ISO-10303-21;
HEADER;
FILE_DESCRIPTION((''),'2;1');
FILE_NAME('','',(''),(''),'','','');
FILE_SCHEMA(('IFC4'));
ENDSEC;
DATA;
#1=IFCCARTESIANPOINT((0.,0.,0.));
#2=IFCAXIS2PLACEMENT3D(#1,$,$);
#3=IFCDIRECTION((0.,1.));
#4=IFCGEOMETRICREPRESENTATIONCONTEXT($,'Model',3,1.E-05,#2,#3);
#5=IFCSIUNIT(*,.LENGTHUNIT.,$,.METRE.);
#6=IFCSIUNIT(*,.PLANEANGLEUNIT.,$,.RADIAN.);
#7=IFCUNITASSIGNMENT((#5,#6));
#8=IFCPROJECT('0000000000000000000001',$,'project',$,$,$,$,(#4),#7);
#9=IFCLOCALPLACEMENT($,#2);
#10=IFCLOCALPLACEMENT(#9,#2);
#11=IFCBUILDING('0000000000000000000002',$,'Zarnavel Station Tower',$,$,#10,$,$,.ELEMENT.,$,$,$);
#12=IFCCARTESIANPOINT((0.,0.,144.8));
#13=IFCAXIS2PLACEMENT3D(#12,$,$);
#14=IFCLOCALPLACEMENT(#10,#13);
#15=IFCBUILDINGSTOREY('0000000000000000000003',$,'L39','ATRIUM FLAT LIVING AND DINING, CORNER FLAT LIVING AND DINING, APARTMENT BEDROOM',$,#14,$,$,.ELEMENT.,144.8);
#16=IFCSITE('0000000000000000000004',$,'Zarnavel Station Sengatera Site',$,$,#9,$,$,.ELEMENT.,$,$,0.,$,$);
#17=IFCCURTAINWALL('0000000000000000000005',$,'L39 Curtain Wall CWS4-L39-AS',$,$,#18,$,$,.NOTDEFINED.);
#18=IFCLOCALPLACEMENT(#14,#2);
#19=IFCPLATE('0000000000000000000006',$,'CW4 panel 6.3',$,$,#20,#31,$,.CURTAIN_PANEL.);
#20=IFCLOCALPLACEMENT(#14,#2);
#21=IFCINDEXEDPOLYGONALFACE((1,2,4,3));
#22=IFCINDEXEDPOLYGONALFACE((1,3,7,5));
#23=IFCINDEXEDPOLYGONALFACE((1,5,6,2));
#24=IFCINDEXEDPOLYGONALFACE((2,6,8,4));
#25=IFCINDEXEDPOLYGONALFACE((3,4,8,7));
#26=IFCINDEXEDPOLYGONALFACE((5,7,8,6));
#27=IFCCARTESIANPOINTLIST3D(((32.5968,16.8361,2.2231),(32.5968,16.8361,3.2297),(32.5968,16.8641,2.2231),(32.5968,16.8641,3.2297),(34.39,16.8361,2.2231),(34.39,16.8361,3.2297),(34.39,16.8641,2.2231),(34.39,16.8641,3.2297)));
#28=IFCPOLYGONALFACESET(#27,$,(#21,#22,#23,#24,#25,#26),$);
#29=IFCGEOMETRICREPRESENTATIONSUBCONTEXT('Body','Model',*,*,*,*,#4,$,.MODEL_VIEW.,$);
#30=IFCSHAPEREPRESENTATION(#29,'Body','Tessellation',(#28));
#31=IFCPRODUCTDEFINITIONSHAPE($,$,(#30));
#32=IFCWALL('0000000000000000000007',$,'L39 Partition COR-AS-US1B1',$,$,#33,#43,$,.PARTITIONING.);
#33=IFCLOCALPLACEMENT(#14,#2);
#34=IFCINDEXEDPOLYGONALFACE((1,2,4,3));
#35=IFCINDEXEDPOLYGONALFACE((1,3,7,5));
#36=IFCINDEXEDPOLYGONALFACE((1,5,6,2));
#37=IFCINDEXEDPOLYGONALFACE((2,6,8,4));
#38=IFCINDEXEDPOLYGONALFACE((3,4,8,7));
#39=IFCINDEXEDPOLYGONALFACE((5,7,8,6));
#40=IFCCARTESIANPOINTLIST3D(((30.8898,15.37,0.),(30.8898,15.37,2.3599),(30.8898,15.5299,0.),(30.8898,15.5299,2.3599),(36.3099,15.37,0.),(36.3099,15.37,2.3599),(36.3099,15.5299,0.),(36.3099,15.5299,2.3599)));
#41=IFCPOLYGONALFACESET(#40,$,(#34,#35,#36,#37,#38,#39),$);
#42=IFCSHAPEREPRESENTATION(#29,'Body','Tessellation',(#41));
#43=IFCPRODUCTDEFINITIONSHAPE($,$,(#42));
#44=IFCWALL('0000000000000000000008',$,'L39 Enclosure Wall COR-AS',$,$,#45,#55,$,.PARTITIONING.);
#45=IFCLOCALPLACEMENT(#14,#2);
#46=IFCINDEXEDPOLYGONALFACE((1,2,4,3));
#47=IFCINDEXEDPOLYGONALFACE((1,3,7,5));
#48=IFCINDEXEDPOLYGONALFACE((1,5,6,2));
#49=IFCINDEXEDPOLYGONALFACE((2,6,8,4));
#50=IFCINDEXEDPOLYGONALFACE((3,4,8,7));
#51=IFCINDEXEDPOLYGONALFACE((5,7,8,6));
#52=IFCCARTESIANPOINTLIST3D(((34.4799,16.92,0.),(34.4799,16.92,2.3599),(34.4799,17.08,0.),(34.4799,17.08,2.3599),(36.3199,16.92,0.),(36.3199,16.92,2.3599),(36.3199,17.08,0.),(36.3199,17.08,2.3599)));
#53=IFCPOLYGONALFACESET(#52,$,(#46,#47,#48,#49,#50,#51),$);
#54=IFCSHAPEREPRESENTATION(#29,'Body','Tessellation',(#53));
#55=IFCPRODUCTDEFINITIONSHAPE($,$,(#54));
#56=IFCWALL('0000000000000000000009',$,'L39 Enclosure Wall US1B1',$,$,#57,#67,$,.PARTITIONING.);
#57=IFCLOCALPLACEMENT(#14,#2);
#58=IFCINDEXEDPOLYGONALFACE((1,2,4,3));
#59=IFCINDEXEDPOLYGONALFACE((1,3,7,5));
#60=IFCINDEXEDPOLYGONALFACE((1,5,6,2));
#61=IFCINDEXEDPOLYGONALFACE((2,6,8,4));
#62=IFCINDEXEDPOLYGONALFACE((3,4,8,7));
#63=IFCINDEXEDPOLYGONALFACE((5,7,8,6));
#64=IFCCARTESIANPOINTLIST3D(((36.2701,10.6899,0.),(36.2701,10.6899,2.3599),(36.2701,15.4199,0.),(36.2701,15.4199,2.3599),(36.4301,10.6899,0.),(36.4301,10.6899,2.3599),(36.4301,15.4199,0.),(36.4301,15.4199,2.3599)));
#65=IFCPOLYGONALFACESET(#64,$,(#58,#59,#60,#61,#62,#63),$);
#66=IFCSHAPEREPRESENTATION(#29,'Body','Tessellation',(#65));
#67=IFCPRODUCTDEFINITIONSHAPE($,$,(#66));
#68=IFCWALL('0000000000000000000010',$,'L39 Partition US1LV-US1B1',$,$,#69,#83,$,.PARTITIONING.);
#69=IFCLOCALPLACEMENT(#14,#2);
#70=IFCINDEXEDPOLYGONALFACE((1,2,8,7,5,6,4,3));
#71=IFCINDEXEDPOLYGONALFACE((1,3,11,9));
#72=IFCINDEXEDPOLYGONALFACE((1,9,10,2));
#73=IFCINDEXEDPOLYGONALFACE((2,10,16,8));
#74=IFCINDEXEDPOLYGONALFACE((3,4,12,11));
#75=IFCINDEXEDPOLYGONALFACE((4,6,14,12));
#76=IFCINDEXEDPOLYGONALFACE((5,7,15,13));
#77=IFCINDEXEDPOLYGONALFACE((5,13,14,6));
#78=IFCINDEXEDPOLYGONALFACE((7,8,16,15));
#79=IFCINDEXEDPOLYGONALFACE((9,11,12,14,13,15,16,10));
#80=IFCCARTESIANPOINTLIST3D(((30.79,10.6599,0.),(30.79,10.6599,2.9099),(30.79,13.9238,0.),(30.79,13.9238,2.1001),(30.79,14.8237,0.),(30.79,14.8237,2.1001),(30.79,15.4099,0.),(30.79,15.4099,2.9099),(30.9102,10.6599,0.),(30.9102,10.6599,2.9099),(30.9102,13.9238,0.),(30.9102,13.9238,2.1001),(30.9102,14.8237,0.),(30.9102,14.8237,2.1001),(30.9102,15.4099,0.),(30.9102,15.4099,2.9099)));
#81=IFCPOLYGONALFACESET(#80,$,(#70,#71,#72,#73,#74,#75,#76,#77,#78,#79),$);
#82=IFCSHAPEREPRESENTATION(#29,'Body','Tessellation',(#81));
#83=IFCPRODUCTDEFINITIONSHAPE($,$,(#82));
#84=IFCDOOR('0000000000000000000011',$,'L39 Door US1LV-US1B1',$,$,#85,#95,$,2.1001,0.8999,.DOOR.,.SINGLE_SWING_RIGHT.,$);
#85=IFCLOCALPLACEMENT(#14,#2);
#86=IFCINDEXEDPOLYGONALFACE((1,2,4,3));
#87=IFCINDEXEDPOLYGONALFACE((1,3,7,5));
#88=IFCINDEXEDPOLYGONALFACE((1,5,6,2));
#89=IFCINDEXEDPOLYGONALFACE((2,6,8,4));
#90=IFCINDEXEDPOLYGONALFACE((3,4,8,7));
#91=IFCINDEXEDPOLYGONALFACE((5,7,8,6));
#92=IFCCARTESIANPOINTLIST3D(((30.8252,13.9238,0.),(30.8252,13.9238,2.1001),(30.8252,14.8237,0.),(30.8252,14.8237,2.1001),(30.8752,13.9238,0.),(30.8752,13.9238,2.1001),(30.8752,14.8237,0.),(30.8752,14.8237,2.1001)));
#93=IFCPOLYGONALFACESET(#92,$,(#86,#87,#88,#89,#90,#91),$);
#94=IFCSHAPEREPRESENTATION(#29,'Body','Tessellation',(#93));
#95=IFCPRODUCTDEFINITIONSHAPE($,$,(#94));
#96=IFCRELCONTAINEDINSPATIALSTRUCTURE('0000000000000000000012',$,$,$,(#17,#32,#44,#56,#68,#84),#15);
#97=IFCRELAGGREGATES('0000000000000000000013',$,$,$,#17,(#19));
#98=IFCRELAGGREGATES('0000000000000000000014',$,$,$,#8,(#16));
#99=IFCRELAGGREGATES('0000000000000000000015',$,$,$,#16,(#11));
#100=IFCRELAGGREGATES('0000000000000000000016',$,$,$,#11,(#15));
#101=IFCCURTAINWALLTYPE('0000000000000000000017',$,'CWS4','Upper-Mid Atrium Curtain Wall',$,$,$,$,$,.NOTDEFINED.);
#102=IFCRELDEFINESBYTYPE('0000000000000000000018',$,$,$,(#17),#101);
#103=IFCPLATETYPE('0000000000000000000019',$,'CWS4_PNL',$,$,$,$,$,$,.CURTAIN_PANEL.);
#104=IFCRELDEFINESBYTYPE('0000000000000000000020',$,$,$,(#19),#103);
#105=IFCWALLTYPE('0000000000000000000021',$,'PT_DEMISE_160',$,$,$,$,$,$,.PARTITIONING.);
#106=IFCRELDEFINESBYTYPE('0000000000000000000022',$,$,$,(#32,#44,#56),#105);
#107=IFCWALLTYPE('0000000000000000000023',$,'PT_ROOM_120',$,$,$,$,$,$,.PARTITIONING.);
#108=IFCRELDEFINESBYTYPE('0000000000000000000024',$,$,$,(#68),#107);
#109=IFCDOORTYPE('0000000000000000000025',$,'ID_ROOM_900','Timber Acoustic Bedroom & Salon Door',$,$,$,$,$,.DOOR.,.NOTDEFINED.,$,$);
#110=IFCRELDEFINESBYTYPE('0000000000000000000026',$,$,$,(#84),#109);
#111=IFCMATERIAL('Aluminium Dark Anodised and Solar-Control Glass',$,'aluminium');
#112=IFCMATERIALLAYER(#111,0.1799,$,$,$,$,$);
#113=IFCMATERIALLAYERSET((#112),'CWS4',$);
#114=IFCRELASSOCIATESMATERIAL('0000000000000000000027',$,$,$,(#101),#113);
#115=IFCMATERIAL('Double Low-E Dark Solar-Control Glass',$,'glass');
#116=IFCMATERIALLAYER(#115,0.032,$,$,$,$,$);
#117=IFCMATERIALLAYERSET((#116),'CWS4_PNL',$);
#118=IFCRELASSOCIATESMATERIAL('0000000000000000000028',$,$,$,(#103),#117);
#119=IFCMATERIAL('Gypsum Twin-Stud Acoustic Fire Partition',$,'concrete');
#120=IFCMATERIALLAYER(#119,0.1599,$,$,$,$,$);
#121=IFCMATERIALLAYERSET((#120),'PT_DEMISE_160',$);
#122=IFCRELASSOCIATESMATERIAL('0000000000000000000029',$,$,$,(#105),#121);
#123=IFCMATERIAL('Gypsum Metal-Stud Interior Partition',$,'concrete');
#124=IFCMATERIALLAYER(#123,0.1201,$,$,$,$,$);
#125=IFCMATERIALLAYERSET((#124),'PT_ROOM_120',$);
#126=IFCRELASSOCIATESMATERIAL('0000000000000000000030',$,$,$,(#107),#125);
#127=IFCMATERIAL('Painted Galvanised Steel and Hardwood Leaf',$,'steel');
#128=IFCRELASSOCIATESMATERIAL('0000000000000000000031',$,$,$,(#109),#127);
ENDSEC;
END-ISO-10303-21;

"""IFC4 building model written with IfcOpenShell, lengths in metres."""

from ifc_helpers import new_model, si_unit, direction, frame, frame_2d, origin, origin_2d, place, context, subcontext, project, spatial, rectangle, extrude, material, layer, layer_set, type_object, element, fill, aggregate, save


model = new_model("IFC4")

# Units and contexts
model_context = context("Model", 3, precision=1e-05, world=origin(), true_north=direction((0.0, 1.0)))
body_context = subcontext(model_context, "Body", "Model", "MODEL_VIEW")
ifc_project = project(units=[si_unit("LENGTHUNIT", "METRE"), si_unit("PLANEANGLEUNIT", "RADIAN")], contexts=[model_context])

# Site, building, storey
site_placement = place(None, origin())
site = spatial("IfcSite", under=ifc_project, at=site_placement, Name="Zarnavel Station Sengatera Site", CompositionType="ELEMENT", RefElevation=0.0)
building_placement = place(site_placement, origin())
building = spatial("IfcBuilding", under=site, at=building_placement, Name="Zarnavel Station Tower", CompositionType="ELEMENT")
storey_placement = place(building_placement, frame((0.0, 0.0, 144.8)))
storey = spatial("IfcBuildingStorey", under=building, at=storey_placement, Name="L39", Description="ATRIUM FLAT LIVING AND DINING, CORNER FLAT LIVING AND DINING, APARTMENT BEDROOM", CompositionType="ELEMENT", Elevation=144.8)

# Curtain wall
ifc_material_1 = material(Name="Aluminium Dark Anodised and Solar-Control Glass", Category="aluminium")
ifc_layer_1 = layer(ifc_material_1, 0.1799)
ifc_layer_set_1 = layer_set([ifc_layer_1], Name="CWS4")
curtain_wall_type = type_object("IfcCurtainWallType", Name="CWS4", Description="Upper-Mid Atrium Curtain Wall", PredefinedType="NOTDEFINED", material=ifc_layer_set_1)
curtain_wall_placement = place(storey_placement, origin())
curtain_wall = element("IfcCurtainWall", 1, at=curtain_wall_placement, inside=storey, type_object=curtain_wall_type, Name="L39 Curtain Wall CWS4-L39-AS", PredefinedType="NOTDEFINED")

# Plate
ifc_material_2 = material(Name="Double Low-E Dark Solar-Control Glass", Category="glass")
ifc_layer_2 = layer(ifc_material_2, 0.032)
ifc_layer_set_2 = layer_set([ifc_layer_2], Name="CWS4_PNL")
plate_type = type_object("IfcPlateType", Name="CWS4_PNL", PredefinedType="CURTAIN_PANEL", material=ifc_layer_set_2)
plate_1_placement = place(storey_placement, frame((33.4934, 16.8501, 2.2231), z_axis=(0.0, 0.0, 1.0), x_axis=(1.0, 0.0, 0.0)))
plate_1 = element("IfcPlate", 2, at=plate_1_placement, type_object=plate_type, Name="CW4 panel 6.3", PredefinedType="CURTAIN_PANEL", context=body_context, shape_type="SweptSolid", body=[
    extrude(rectangle(XDim=1.7932, YDim=0.0281, at=origin_2d()), origin(), (0.0, 0.0, 1.0), 1.0066),
])
aggregate(curtain_wall, [plate_1])

# Walls
ifc_material_3 = material(Name="Gypsum Twin-Stud Acoustic Fire Partition", Category="concrete")
ifc_layer_3 = layer(ifc_material_3, 0.1599)
ifc_layer_set_3 = layer_set([ifc_layer_3], Name="PT_DEMISE_160")
wall_type_1 = type_object("IfcWallType", Name="PT_DEMISE_160", PredefinedType="PARTITIONING", material=ifc_layer_set_3)
wall_1_placement = place(storey_placement, frame((30.8899, 15.45, 0.0), z_axis=(0.0, 0.0, 1.0), x_axis=(1.0, 0.0, 0.0)))
element("IfcWall", 3, at=wall_1_placement, inside=storey, type_object=wall_type_1, Name="L39 Partition COR-AS-US1B1", PredefinedType="PARTITIONING", context=body_context, shape_type="SweptSolid", body=[
    extrude(rectangle(XDim=5.4202, YDim=0.1599, at=frame_2d((2.71, 0.0))), origin(), (0.0, 0.0, 1.0), 2.3599),
])
wall_2_placement = place(storey_placement, frame((34.48, 17.0, 0.0), z_axis=(0.0, 0.0, 1.0), x_axis=(1.0, 0.0, 0.0)))
element("IfcWall", 4, at=wall_2_placement, inside=storey, type_object=wall_type_1, Name="L39 Enclosure Wall COR-AS", PredefinedType="PARTITIONING", context=body_context, shape_type="SweptSolid", body=[
    extrude(rectangle(XDim=1.8401, YDim=0.1599, at=frame_2d((0.9199, 0.0))), origin(), (0.0, 0.0, 1.0), 2.3599),
])
wall_3_placement = place(storey_placement, frame((36.3501, 10.6899, 0.0), z_axis=(0.0, 0.0, 1.0), x_axis=(0.0, 1.0, 0.0)))
element("IfcWall", 5, at=wall_3_placement, inside=storey, type_object=wall_type_1, Name="L39 Enclosure Wall US1B1", PredefinedType="PARTITIONING", context=body_context, shape_type="SweptSolid", body=[
    extrude(rectangle(XDim=4.73, YDim=0.1599, at=frame_2d((2.365, 0.0))), origin(), (0.0, 0.0, 1.0), 2.3599),
])

# Wall, opening, door
ifc_material_4 = material(Name="Gypsum Metal-Stud Interior Partition", Category="concrete")
ifc_layer_4 = layer(ifc_material_4, 0.1201)
ifc_layer_set_4 = layer_set([ifc_layer_4], Name="PT_ROOM_120")
wall_type_2 = type_object("IfcWallType", Name="PT_ROOM_120", PredefinedType="PARTITIONING", material=ifc_layer_set_4)
wall_4_placement = place(storey_placement, frame((30.8501, 10.6599, 0.0), z_axis=(0.0, 0.0, 1.0), x_axis=(0.0, 1.0, 0.0)))
wall_4 = element("IfcWall", 6, at=wall_4_placement, inside=storey, type_object=wall_type_2, Name="L39 Partition US1LV-US1B1", PredefinedType="PARTITIONING", context=body_context, shape_type="SweptSolid", body=[
    extrude(rectangle(XDim=4.75, YDim=0.1201, at=frame_2d((2.375, 0.0))), origin(), (0.0, 0.0, 1.0), 2.9099),
])
opening_placement = place(wall_4_placement, frame((3.2639, 0.0, 0.0)))
opening = element("IfcOpeningElement", 7, at=opening_placement, cuts=wall_4, PredefinedType="OPENING", context=body_context, shape_type="SweptSolid", body=[
    extrude(rectangle(XDim=0.8999, YDim=2.1001, at=frame_2d((0.45, 1.05))), frame((0.0, 0.0701, 0.0), z_axis=(0.0, -1.0, 0.0), x_axis=(1.0, 0.0, 0.0)), (0.0, 0.0, 1.0), 0.1401),
])
ifc_material_5 = material(Name="Painted Galvanised Steel and Hardwood Leaf", Category="steel")
door_type = type_object("IfcDoorType", Name="ID_ROOM_900", Description="Timber Acoustic Bedroom & Salon Door", OperationType="NOTDEFINED", PredefinedType="DOOR", material=ifc_material_5)
door_placement = place(opening_placement, origin())
door = element("IfcDoor", 8, at=door_placement, inside=storey, type_object=door_type, Name="L39 Door US1LV-US1B1", OperationType="SINGLE_SWING_RIGHT", OverallHeight=2.1001, OverallWidth=0.8999, PredefinedType="DOOR", context=body_context, shape_type="SweptSolid", body=[
    extrude(rectangle(XDim=0.8999, YDim=2.1001, at=frame_2d((0.45, 1.05))), frame((0.0, 0.0249, 0.0), z_axis=(0.0, -1.0, 0.0), x_axis=(1.0, 0.0, 0.0)), (0.0, 0.0, 1.0), 0.05),
])
fill(opening, door)

save(model, "model.ifc")
